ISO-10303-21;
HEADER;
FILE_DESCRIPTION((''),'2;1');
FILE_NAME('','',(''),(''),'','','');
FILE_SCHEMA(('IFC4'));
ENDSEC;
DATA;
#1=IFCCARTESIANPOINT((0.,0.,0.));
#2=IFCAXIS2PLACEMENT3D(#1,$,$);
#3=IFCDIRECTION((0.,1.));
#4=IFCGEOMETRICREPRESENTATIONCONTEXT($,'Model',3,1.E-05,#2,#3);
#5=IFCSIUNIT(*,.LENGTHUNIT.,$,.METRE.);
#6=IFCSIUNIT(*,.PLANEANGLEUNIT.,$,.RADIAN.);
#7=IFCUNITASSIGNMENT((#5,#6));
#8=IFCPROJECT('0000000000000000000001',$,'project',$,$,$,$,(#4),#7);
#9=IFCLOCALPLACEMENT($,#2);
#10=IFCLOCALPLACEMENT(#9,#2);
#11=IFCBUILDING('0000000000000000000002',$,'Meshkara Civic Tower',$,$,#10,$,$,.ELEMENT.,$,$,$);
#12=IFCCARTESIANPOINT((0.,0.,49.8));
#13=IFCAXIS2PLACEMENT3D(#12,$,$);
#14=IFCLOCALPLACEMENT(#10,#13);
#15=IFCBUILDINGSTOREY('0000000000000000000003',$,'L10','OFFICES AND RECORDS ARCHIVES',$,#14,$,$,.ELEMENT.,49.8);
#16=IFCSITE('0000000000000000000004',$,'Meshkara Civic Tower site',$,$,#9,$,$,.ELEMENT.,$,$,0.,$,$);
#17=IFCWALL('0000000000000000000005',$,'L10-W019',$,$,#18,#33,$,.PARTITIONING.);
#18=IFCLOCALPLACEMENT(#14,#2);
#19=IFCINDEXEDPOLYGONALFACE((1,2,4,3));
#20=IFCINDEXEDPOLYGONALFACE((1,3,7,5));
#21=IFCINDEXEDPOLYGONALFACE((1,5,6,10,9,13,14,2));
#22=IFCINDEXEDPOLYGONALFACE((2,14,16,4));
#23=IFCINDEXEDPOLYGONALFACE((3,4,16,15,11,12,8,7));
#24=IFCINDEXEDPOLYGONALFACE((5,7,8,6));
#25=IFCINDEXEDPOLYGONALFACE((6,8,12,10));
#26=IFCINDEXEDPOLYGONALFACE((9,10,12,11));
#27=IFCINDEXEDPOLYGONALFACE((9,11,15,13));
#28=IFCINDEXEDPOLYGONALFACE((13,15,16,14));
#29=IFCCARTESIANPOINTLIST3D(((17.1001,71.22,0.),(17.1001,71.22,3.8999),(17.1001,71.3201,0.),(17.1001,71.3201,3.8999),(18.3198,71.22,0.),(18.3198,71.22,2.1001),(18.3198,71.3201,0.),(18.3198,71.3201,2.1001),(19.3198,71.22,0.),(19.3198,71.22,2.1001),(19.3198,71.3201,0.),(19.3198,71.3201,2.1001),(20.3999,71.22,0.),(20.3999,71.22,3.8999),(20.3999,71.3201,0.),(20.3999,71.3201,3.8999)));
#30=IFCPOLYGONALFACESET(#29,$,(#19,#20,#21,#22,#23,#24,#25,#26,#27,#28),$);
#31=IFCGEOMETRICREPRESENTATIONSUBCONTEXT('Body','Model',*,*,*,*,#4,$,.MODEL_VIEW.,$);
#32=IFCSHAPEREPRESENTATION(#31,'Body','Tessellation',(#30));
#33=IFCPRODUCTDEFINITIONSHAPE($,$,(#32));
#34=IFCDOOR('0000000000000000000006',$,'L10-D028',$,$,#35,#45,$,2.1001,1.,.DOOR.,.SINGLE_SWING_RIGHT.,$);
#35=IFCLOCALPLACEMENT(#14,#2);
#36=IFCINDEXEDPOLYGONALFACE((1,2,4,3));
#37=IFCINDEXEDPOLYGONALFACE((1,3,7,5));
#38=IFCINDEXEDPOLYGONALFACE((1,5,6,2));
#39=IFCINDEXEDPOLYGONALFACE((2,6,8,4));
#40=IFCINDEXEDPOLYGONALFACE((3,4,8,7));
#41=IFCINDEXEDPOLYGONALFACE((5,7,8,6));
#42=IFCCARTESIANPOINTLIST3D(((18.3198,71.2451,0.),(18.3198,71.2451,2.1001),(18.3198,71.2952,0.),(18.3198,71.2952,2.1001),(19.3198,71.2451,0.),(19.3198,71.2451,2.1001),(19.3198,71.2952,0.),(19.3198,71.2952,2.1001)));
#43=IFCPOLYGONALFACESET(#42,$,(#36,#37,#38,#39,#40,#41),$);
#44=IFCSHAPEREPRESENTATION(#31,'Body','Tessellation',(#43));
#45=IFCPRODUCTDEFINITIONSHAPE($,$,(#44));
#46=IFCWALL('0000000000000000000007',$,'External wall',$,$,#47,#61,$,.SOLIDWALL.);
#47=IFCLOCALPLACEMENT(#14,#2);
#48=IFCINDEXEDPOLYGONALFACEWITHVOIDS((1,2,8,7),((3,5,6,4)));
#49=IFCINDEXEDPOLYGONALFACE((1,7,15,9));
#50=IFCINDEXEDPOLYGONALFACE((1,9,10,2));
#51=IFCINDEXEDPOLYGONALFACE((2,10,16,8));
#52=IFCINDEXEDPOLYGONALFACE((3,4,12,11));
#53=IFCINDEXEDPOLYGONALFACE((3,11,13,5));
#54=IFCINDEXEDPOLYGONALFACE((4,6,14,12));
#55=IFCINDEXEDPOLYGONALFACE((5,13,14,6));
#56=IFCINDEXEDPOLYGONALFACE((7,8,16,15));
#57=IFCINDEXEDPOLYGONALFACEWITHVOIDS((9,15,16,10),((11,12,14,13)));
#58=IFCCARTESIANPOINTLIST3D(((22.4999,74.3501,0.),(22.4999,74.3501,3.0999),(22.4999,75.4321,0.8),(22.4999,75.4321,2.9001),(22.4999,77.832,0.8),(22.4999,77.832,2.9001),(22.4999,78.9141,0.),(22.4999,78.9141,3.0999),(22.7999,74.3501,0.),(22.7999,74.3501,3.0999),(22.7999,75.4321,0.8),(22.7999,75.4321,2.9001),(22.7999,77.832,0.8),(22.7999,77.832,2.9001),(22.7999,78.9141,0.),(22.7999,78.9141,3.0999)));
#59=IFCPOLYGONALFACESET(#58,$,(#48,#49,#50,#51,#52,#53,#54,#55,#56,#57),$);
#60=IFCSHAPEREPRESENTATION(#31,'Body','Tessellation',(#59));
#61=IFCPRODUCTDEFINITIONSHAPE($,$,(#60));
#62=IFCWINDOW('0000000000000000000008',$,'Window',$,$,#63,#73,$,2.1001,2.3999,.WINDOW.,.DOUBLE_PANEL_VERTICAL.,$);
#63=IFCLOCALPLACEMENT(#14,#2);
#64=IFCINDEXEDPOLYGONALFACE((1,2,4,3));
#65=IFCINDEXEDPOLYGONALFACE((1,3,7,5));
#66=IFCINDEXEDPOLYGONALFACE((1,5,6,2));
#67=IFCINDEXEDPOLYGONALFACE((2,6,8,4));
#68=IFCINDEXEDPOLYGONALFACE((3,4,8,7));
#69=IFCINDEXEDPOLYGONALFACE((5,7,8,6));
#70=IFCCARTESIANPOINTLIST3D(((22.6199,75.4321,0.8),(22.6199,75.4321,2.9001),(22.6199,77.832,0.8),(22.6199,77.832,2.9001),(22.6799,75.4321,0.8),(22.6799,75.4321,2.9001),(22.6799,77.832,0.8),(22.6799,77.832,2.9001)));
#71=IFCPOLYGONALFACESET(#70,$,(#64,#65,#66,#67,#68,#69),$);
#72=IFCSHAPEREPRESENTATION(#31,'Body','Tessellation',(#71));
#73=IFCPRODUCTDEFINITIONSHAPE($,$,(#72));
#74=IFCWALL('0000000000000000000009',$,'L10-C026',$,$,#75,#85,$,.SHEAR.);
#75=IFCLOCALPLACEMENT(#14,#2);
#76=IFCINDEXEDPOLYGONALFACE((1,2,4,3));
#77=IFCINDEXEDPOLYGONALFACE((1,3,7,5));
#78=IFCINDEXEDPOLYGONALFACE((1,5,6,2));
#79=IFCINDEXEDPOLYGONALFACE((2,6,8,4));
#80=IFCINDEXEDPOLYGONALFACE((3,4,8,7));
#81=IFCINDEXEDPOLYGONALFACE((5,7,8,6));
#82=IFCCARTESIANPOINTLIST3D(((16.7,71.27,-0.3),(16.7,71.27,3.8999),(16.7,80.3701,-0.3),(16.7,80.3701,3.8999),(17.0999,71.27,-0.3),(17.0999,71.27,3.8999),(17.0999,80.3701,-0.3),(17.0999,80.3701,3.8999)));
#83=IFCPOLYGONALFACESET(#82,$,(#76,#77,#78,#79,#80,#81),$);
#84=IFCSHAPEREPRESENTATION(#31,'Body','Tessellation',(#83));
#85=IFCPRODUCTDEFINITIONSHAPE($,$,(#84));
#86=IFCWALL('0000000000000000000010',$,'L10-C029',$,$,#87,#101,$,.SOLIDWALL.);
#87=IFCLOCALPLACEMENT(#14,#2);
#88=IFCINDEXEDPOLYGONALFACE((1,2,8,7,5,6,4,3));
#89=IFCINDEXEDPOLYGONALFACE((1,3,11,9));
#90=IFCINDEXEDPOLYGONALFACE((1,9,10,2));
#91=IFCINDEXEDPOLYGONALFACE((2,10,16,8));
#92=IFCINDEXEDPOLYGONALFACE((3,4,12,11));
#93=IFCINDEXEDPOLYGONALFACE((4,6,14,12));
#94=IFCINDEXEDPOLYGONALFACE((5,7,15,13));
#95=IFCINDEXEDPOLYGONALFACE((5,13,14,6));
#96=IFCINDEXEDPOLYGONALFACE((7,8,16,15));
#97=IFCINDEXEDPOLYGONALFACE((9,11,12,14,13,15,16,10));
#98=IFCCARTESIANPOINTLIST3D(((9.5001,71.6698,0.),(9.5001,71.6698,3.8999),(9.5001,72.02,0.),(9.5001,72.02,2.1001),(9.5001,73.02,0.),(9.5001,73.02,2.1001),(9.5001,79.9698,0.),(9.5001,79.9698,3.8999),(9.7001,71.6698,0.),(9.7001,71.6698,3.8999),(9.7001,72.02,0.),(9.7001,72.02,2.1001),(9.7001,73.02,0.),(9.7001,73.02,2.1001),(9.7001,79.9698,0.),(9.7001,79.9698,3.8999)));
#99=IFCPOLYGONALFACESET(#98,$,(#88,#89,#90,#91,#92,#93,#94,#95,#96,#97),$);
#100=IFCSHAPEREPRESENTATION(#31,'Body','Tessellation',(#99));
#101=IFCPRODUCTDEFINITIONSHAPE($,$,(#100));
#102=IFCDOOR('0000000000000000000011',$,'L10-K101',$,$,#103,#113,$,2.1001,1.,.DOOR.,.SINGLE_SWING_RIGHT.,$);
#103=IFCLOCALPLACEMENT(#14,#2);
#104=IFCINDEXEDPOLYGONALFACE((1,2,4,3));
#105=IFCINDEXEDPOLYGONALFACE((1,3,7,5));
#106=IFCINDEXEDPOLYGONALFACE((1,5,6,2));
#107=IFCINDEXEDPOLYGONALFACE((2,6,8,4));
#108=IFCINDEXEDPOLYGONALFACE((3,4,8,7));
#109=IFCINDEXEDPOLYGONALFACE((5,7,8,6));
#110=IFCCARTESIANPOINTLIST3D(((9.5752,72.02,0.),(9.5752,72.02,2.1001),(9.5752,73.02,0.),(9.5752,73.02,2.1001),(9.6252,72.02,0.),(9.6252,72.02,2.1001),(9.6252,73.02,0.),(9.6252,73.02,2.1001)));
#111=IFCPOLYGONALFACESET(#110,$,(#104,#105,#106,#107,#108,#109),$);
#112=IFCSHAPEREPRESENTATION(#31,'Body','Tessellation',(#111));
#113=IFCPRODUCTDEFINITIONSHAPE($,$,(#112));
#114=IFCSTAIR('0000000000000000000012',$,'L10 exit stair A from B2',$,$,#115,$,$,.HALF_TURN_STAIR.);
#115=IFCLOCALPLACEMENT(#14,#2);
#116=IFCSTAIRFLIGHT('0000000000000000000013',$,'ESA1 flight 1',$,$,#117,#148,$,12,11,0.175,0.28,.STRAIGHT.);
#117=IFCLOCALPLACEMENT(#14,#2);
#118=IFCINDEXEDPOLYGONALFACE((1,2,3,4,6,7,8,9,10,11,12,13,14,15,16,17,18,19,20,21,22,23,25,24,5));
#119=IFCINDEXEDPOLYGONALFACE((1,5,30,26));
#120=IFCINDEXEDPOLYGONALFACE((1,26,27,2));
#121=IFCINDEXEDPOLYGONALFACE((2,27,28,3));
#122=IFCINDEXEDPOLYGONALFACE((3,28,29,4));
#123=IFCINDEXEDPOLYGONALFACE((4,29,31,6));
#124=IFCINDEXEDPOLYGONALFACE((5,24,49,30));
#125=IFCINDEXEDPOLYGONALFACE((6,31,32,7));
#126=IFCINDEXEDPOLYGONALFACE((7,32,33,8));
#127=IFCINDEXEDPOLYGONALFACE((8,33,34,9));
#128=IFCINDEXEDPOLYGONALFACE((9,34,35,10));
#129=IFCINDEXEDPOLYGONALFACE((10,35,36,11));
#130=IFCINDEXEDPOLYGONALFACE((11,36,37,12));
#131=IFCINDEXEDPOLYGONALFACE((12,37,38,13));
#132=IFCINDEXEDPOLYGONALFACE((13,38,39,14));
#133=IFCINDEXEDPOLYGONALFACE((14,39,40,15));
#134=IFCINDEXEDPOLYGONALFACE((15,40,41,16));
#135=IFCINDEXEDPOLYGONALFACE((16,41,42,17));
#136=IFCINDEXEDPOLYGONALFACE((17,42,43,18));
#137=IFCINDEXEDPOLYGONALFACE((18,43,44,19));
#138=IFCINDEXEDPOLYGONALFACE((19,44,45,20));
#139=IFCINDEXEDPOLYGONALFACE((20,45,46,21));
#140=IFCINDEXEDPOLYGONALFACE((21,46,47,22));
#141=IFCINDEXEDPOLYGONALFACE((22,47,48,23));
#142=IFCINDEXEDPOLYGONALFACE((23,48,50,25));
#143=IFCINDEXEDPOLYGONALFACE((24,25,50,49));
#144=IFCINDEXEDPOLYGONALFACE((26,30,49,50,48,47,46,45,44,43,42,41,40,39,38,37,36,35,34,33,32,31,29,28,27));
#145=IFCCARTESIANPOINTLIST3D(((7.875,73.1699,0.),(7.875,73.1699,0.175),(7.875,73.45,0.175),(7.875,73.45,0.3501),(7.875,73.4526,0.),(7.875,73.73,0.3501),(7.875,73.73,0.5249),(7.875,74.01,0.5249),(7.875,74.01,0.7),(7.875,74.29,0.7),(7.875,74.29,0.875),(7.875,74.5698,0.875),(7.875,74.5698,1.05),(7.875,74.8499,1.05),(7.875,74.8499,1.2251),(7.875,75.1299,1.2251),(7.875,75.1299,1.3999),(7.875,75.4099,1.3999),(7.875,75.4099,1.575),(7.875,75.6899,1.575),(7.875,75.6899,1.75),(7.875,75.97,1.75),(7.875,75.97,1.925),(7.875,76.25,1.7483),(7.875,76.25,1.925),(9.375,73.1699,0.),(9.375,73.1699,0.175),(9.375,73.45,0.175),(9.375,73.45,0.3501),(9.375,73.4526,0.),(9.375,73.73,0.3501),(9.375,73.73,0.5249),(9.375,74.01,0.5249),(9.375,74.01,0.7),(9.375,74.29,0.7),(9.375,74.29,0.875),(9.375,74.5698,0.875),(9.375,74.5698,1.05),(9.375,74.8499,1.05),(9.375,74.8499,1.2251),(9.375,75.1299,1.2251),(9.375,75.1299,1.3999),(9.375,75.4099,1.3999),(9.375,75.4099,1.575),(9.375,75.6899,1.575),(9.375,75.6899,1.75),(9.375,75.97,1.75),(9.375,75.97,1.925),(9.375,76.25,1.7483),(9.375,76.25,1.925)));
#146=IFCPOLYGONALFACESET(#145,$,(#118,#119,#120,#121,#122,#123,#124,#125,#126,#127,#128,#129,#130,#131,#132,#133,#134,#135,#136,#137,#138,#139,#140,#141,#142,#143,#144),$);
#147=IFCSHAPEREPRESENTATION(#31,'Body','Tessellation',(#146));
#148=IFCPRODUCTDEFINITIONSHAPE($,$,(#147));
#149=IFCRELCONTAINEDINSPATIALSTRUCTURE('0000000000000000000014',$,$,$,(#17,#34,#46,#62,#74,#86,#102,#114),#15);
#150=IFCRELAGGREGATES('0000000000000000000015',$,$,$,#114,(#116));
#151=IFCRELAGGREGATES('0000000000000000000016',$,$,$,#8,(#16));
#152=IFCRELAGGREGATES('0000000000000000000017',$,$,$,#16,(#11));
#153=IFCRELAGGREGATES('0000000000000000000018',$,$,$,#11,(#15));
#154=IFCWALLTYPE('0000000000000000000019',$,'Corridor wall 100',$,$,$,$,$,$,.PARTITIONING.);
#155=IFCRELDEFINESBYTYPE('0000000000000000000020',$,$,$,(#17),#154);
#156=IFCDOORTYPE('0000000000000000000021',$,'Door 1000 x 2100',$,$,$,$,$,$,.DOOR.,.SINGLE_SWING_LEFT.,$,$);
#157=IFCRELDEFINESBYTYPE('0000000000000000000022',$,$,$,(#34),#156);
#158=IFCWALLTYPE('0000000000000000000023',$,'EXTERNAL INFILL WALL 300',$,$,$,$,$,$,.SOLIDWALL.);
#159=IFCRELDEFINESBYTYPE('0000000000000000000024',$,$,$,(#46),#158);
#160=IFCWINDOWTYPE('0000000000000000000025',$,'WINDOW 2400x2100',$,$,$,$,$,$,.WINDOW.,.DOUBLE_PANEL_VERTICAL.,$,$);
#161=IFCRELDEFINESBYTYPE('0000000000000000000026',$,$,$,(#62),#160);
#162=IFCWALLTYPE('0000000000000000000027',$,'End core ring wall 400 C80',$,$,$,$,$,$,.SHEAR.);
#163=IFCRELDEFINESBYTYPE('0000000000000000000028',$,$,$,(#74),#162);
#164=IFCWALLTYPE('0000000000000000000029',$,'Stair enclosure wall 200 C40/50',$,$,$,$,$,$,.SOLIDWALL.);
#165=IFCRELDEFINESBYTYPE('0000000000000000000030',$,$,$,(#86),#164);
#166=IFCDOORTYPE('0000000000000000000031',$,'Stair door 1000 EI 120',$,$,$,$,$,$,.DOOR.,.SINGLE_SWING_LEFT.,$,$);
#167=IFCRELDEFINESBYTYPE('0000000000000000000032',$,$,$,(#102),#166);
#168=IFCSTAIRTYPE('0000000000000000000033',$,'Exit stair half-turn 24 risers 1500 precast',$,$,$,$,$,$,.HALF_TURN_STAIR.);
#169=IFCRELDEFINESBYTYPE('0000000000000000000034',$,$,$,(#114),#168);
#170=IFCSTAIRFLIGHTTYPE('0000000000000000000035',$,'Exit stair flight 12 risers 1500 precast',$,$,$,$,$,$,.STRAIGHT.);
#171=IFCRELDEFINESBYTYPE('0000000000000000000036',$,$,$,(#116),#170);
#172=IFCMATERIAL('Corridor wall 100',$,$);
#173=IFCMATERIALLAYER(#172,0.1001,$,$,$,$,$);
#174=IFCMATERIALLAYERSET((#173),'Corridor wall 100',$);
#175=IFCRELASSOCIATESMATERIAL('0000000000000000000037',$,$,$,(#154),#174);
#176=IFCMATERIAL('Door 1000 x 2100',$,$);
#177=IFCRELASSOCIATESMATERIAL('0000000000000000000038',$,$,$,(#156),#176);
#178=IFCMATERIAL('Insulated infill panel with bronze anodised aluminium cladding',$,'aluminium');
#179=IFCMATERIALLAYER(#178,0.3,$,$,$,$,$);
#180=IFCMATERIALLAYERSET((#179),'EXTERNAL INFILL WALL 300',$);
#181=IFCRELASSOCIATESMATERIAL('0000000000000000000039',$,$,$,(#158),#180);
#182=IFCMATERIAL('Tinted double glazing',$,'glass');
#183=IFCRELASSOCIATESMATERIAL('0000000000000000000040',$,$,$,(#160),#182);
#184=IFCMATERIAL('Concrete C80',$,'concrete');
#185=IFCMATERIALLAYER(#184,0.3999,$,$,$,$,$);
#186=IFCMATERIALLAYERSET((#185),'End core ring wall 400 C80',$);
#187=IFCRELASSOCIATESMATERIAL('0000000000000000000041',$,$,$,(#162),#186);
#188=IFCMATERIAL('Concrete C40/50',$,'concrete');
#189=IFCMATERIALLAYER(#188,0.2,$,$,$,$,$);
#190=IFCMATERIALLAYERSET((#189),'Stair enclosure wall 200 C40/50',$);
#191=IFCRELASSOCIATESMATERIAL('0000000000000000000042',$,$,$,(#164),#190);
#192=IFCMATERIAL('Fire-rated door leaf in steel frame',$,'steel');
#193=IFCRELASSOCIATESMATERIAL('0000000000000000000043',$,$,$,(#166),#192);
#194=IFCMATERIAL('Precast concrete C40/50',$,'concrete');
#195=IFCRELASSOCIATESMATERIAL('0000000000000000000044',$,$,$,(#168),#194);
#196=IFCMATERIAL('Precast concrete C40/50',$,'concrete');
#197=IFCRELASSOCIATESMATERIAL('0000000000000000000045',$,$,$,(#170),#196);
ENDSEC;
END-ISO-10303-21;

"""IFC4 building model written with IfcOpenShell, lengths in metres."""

from ifc_helpers import new_model, si_unit, direction, frame, frame_2d, origin, place, context, subcontext, project, spatial, polyline, rectangle, outline, extrude, material, layer, layer_set, type_object, element, fill, aggregate, save


model = new_model("IFC4")

# Units and contexts
model_context = context("Model", 3, precision=1e-05, world=origin(), true_north=direction((0.0, 1.0)))
body_context = subcontext(model_context, "Body", "Model", "MODEL_VIEW")
ifc_project = project(units=[si_unit("LENGTHUNIT", "METRE"), si_unit("PLANEANGLEUNIT", "RADIAN")], contexts=[model_context])

# Site, building, storey
site_placement = place(None, origin())
site = spatial("IfcSite", under=ifc_project, at=site_placement, Name="Meshkara Civic Tower site", CompositionType="ELEMENT", RefElevation=0.0)
building_placement = place(site_placement, origin())
building = spatial("IfcBuilding", under=site, at=building_placement, Name="Meshkara Civic Tower", CompositionType="ELEMENT")
storey_placement = place(building_placement, frame((0.0, 0.0, 49.8)))
storey = spatial("IfcBuildingStorey", under=building, at=storey_placement, Name="L10", Description="OFFICES AND RECORDS ARCHIVES", CompositionType="ELEMENT", Elevation=49.8)

# Shared definitions
ifc_material_1 = material(Name="Corridor wall 100")
ifc_layer_1 = layer(ifc_material_1, 0.1001)
ifc_layer_set_1 = layer_set([ifc_layer_1], Name="Corridor wall 100")
wall_type_1 = type_object("IfcWallType", Name="Corridor wall 100", PredefinedType="PARTITIONING", material=ifc_layer_set_1)

# Shared definitions
ifc_material_2 = material(Name="Door 1000 x 2100")
door_type_1 = type_object("IfcDoorType", Name="Door 1000 x 2100", OperationType="SINGLE_SWING_LEFT", PredefinedType="DOOR", material=ifc_material_2)

# Wall, opening, door
wall_1_placement = place(storey_placement, frame((20.3999, 71.27, 0.0), z_axis=(0.0, 0.0, 1.0), x_axis=(-1.0, 0.0, 0.0)))
wall_1 = element("IfcWall", 1, at=wall_1_placement, inside=storey, type_object=wall_type_1, Name="L10-W019", PredefinedType="PARTITIONING", context=body_context, shape_type="SweptSolid", body=[
    extrude(rectangle(XDim=3.2998, YDim=0.1001, at=frame_2d((1.6499, 0.0))), origin(), (0.0, 0.0, 1.0), 3.8999),
])
opening_1_placement = place(wall_1_placement, frame((1.0801, 0.0, 0.0)))
opening_1 = element("IfcOpeningElement", 2, at=opening_1_placement, cuts=wall_1, PredefinedType="OPENING", context=body_context, shape_type="SweptSolid", body=[
    extrude(rectangle(XDim=1.0, YDim=2.1001, at=frame_2d((0.5, 1.05))), frame((0.0, 0.0601, 0.0), z_axis=(0.0, -1.0, 0.0), x_axis=(1.0, 0.0, 0.0)), (0.0, 0.0, 1.0), 0.1201),
])
door_1_placement = place(opening_1_placement, origin())
door_1 = element("IfcDoor", 3, at=door_1_placement, inside=storey, type_object=door_type_1, Name="L10-D028", OperationType="SINGLE_SWING_RIGHT", OverallHeight=2.1001, OverallWidth=1.0, PredefinedType="DOOR", context=body_context, shape_type="SweptSolid", body=[
    extrude(rectangle(XDim=1.0, YDim=2.1001, at=frame_2d((0.5, 1.05))), frame((0.0, 0.0249, 0.0), z_axis=(0.0, -1.0, 0.0), x_axis=(1.0, 0.0, 0.0)), (0.0, 0.0, 1.0), 0.05),
])
fill(opening_1, door_1)

# Wall, opening, window
ifc_material_3 = material(Name="Insulated infill panel with bronze anodised aluminium cladding", Category="aluminium")
ifc_layer_2 = layer(ifc_material_3, 0.3)
ifc_layer_set_2 = layer_set([ifc_layer_2], Name="EXTERNAL INFILL WALL 300")
wall_type_2 = type_object("IfcWallType", Name="EXTERNAL INFILL WALL 300", PredefinedType="SOLIDWALL", material=ifc_layer_set_2)
wall_2_placement = place(storey_placement, frame((22.6499, 74.3501, 0.0), z_axis=(0.0, 0.0, 1.0), x_axis=(0.0, 1.0, 0.0)))
wall_2 = element("IfcWall", 4, at=wall_2_placement, inside=storey, type_object=wall_type_2, Name="External wall", PredefinedType="SOLIDWALL", context=body_context, shape_type="SweptSolid", body=[
    extrude(rectangle(XDim=4.564, YDim=0.3, at=frame_2d((2.282, 0.0))), origin(), (0.0, 0.0, 1.0), 3.0999),
])
opening_2_placement = place(wall_2_placement, frame((1.082, 0.0, 0.8)))
opening_2 = element("IfcOpeningElement", 5, at=opening_2_placement, cuts=wall_2, PredefinedType="OPENING", context=body_context, shape_type="SweptSolid", body=[
    extrude(rectangle(XDim=2.3999, YDim=2.1001, at=frame_2d((1.2, 1.05))), frame((0.0, 0.1599, 0.0), z_axis=(0.0, -1.0, 0.0), x_axis=(1.0, 0.0, 0.0)), (0.0, 0.0, 1.0), 0.3201),
])
ifc_material_4 = material(Name="Tinted double glazing", Category="glass")
window_type = type_object("IfcWindowType", Name="WINDOW 2400x2100", PartitioningType="DOUBLE_PANEL_VERTICAL", PredefinedType="WINDOW", material=ifc_material_4)
window_placement = place(opening_2_placement, origin())
window = element("IfcWindow", 6, at=window_placement, inside=storey, type_object=window_type, Name="Window", OverallHeight=2.1001, OverallWidth=2.3999, PartitioningType="DOUBLE_PANEL_VERTICAL", PredefinedType="WINDOW", context=body_context, shape_type="SweptSolid", body=[
    extrude(rectangle(XDim=2.3999, YDim=2.1001, at=frame_2d((1.2, 1.05))), frame((0.0, 0.03, 0.0), z_axis=(0.0, -1.0, 0.0), x_axis=(1.0, 0.0, 0.0)), (0.0, 0.0, 1.0), 0.0601),
])
fill(opening_2, window)

# Wall
ifc_material_5 = material(Name="Concrete C80", Category="concrete")
ifc_layer_3 = layer(ifc_material_5, 0.3999)
ifc_layer_set_3 = layer_set([ifc_layer_3], Name="End core ring wall 400 C80")
wall_type_3 = type_object("IfcWallType", Name="End core ring wall 400 C80", PredefinedType="SHEAR", material=ifc_layer_set_3)
wall_3_placement = place(storey_placement, frame((16.8999, 71.27, -0.3), z_axis=(0.0, 0.0, 1.0), x_axis=(0.0, 1.0, 0.0)))
element("IfcWall", 7, at=wall_3_placement, inside=storey, type_object=wall_type_3, Name="L10-C026", PredefinedType="SHEAR", context=body_context, shape_type="SweptSolid", body=[
    extrude(rectangle(XDim=9.1001, YDim=0.3999, at=frame_2d((4.55, 0.0))), origin(), (0.0, 0.0, 1.0), 4.2),
])

# Wall, opening, door
ifc_material_6 = material(Name="Concrete C40/50", Category="concrete")
ifc_layer_4 = layer(ifc_material_6, 0.2)
ifc_layer_set_4 = layer_set([ifc_layer_4], Name="Stair enclosure wall 200 C40/50")
wall_type_4 = type_object("IfcWallType", Name="Stair enclosure wall 200 C40/50", PredefinedType="SOLIDWALL", material=ifc_layer_set_4)
wall_4_placement = place(storey_placement, frame((9.6001, 71.6699, 0.0), z_axis=(0.0, 0.0, 1.0), x_axis=(0.0, 1.0, 0.0)))
wall_4 = element("IfcWall", 8, at=wall_4_placement, inside=storey, type_object=wall_type_4, Name="L10-C029", PredefinedType="SOLIDWALL", context=body_context, shape_type="SweptSolid", body=[
    extrude(rectangle(XDim=8.3, YDim=0.2, at=frame_2d((4.1499, 0.0))), origin(), (0.0, 0.0, 1.0), 3.8999),
])
opening_3_placement = place(wall_4_placement, frame((0.3501, 0.0, 0.0)))
opening_3 = element("IfcOpeningElement", 9, at=opening_3_placement, cuts=wall_4, PredefinedType="OPENING", context=body_context, shape_type="SweptSolid", body=[
    extrude(rectangle(XDim=1.0, YDim=2.1001, at=frame_2d((0.5, 1.05))), frame((0.0, 0.1099, 0.0), z_axis=(0.0, -1.0, 0.0), x_axis=(1.0, 0.0, 0.0)), (0.0, 0.0, 1.0), 0.22),
])
ifc_material_7 = material(Name="Fire-rated door leaf in steel frame", Category="steel")
door_type_2 = type_object("IfcDoorType", Name="Stair door 1000 EI 120", OperationType="SINGLE_SWING_LEFT", PredefinedType="DOOR", material=ifc_material_7)
door_2_placement = place(opening_3_placement, origin())
door_2 = element("IfcDoor", 10, at=door_2_placement, inside=storey, type_object=door_type_2, Name="L10-K101", OperationType="SINGLE_SWING_RIGHT", OverallHeight=2.1001, OverallWidth=1.0, PredefinedType="DOOR", context=body_context, shape_type="SweptSolid", body=[
    extrude(rectangle(XDim=1.0, YDim=2.1001, at=frame_2d((0.5, 1.05))), frame((0.0, 0.0249, 0.0), z_axis=(0.0, -1.0, 0.0), x_axis=(1.0, 0.0, 0.0)), (0.0, 0.0, 1.0), 0.05),
])
fill(opening_3, door_2)

# Stair, stair flight
ifc_material_8 = material(Name="Precast concrete C40/50", Category="concrete")
stair_type = type_object("IfcStairType", Name="Exit stair half-turn 24 risers 1500 precast", PredefinedType="HALF_TURN_STAIR", material=ifc_material_8)
stair_placement = place(storey_placement, origin())
stair = element("IfcStair", 11, at=stair_placement, inside=storey, type_object=stair_type, Name="L10 exit stair A from B2", PredefinedType="HALF_TURN_STAIR")
ifc_material_9 = material(Name="Precast concrete C40/50", Category="concrete")
stair_flight_type = type_object("IfcStairFlightType", Name="Exit stair flight 12 risers 1500 precast", PredefinedType="STRAIGHT", material=ifc_material_9)
stair_flight_placement = place(storey_placement, frame((8.625, 73.1699, 0.0), z_axis=(0.0, 0.0, 1.0), x_axis=(0.0, 1.0, 0.0)))
stair_flight = element("IfcStairFlight", 12, at=stair_flight_placement, type_object=stair_flight_type, Name="ESA1 flight 1", NumberOfRisers=12, NumberOfTreads=11, PredefinedType="STRAIGHT", RiserHeight=0.175, TreadLength=0.28, context=body_context, shape_type="SweptSolid", body=[
    extrude(outline(polyline([(0.0, 0.0), (0.0, 0.175), (0.28, 0.175), (0.28, 0.3501), (0.5601, 0.3501), (0.5601, 0.5249), (0.8401, 0.5249), (0.8401, 0.7), (1.1201, 0.7), (1.1201, 0.875), (1.3999, 0.875), (1.3999, 1.05), (1.6799, 1.05), (1.6799, 1.2251), (1.96, 1.2251), (1.96, 1.3999), (2.24, 1.3999), (2.24, 1.575), (2.52, 1.575), (2.52, 1.75), (2.8, 1.75), (2.8, 1.925), (3.0801, 1.925), (3.0801, 2.1001), (3.0801, 1.7483), (0.2827, 0.0), (0.0, 0.0)])), frame((0.0, 0.75, 0.0), z_axis=(0.0, -1.0, 0.0), x_axis=(1.0, 0.0, 0.0)), (0.0, 0.0, 1.0), 1.5),
])
aggregate(stair, [stair_flight])

save(model, "model.ifc")
